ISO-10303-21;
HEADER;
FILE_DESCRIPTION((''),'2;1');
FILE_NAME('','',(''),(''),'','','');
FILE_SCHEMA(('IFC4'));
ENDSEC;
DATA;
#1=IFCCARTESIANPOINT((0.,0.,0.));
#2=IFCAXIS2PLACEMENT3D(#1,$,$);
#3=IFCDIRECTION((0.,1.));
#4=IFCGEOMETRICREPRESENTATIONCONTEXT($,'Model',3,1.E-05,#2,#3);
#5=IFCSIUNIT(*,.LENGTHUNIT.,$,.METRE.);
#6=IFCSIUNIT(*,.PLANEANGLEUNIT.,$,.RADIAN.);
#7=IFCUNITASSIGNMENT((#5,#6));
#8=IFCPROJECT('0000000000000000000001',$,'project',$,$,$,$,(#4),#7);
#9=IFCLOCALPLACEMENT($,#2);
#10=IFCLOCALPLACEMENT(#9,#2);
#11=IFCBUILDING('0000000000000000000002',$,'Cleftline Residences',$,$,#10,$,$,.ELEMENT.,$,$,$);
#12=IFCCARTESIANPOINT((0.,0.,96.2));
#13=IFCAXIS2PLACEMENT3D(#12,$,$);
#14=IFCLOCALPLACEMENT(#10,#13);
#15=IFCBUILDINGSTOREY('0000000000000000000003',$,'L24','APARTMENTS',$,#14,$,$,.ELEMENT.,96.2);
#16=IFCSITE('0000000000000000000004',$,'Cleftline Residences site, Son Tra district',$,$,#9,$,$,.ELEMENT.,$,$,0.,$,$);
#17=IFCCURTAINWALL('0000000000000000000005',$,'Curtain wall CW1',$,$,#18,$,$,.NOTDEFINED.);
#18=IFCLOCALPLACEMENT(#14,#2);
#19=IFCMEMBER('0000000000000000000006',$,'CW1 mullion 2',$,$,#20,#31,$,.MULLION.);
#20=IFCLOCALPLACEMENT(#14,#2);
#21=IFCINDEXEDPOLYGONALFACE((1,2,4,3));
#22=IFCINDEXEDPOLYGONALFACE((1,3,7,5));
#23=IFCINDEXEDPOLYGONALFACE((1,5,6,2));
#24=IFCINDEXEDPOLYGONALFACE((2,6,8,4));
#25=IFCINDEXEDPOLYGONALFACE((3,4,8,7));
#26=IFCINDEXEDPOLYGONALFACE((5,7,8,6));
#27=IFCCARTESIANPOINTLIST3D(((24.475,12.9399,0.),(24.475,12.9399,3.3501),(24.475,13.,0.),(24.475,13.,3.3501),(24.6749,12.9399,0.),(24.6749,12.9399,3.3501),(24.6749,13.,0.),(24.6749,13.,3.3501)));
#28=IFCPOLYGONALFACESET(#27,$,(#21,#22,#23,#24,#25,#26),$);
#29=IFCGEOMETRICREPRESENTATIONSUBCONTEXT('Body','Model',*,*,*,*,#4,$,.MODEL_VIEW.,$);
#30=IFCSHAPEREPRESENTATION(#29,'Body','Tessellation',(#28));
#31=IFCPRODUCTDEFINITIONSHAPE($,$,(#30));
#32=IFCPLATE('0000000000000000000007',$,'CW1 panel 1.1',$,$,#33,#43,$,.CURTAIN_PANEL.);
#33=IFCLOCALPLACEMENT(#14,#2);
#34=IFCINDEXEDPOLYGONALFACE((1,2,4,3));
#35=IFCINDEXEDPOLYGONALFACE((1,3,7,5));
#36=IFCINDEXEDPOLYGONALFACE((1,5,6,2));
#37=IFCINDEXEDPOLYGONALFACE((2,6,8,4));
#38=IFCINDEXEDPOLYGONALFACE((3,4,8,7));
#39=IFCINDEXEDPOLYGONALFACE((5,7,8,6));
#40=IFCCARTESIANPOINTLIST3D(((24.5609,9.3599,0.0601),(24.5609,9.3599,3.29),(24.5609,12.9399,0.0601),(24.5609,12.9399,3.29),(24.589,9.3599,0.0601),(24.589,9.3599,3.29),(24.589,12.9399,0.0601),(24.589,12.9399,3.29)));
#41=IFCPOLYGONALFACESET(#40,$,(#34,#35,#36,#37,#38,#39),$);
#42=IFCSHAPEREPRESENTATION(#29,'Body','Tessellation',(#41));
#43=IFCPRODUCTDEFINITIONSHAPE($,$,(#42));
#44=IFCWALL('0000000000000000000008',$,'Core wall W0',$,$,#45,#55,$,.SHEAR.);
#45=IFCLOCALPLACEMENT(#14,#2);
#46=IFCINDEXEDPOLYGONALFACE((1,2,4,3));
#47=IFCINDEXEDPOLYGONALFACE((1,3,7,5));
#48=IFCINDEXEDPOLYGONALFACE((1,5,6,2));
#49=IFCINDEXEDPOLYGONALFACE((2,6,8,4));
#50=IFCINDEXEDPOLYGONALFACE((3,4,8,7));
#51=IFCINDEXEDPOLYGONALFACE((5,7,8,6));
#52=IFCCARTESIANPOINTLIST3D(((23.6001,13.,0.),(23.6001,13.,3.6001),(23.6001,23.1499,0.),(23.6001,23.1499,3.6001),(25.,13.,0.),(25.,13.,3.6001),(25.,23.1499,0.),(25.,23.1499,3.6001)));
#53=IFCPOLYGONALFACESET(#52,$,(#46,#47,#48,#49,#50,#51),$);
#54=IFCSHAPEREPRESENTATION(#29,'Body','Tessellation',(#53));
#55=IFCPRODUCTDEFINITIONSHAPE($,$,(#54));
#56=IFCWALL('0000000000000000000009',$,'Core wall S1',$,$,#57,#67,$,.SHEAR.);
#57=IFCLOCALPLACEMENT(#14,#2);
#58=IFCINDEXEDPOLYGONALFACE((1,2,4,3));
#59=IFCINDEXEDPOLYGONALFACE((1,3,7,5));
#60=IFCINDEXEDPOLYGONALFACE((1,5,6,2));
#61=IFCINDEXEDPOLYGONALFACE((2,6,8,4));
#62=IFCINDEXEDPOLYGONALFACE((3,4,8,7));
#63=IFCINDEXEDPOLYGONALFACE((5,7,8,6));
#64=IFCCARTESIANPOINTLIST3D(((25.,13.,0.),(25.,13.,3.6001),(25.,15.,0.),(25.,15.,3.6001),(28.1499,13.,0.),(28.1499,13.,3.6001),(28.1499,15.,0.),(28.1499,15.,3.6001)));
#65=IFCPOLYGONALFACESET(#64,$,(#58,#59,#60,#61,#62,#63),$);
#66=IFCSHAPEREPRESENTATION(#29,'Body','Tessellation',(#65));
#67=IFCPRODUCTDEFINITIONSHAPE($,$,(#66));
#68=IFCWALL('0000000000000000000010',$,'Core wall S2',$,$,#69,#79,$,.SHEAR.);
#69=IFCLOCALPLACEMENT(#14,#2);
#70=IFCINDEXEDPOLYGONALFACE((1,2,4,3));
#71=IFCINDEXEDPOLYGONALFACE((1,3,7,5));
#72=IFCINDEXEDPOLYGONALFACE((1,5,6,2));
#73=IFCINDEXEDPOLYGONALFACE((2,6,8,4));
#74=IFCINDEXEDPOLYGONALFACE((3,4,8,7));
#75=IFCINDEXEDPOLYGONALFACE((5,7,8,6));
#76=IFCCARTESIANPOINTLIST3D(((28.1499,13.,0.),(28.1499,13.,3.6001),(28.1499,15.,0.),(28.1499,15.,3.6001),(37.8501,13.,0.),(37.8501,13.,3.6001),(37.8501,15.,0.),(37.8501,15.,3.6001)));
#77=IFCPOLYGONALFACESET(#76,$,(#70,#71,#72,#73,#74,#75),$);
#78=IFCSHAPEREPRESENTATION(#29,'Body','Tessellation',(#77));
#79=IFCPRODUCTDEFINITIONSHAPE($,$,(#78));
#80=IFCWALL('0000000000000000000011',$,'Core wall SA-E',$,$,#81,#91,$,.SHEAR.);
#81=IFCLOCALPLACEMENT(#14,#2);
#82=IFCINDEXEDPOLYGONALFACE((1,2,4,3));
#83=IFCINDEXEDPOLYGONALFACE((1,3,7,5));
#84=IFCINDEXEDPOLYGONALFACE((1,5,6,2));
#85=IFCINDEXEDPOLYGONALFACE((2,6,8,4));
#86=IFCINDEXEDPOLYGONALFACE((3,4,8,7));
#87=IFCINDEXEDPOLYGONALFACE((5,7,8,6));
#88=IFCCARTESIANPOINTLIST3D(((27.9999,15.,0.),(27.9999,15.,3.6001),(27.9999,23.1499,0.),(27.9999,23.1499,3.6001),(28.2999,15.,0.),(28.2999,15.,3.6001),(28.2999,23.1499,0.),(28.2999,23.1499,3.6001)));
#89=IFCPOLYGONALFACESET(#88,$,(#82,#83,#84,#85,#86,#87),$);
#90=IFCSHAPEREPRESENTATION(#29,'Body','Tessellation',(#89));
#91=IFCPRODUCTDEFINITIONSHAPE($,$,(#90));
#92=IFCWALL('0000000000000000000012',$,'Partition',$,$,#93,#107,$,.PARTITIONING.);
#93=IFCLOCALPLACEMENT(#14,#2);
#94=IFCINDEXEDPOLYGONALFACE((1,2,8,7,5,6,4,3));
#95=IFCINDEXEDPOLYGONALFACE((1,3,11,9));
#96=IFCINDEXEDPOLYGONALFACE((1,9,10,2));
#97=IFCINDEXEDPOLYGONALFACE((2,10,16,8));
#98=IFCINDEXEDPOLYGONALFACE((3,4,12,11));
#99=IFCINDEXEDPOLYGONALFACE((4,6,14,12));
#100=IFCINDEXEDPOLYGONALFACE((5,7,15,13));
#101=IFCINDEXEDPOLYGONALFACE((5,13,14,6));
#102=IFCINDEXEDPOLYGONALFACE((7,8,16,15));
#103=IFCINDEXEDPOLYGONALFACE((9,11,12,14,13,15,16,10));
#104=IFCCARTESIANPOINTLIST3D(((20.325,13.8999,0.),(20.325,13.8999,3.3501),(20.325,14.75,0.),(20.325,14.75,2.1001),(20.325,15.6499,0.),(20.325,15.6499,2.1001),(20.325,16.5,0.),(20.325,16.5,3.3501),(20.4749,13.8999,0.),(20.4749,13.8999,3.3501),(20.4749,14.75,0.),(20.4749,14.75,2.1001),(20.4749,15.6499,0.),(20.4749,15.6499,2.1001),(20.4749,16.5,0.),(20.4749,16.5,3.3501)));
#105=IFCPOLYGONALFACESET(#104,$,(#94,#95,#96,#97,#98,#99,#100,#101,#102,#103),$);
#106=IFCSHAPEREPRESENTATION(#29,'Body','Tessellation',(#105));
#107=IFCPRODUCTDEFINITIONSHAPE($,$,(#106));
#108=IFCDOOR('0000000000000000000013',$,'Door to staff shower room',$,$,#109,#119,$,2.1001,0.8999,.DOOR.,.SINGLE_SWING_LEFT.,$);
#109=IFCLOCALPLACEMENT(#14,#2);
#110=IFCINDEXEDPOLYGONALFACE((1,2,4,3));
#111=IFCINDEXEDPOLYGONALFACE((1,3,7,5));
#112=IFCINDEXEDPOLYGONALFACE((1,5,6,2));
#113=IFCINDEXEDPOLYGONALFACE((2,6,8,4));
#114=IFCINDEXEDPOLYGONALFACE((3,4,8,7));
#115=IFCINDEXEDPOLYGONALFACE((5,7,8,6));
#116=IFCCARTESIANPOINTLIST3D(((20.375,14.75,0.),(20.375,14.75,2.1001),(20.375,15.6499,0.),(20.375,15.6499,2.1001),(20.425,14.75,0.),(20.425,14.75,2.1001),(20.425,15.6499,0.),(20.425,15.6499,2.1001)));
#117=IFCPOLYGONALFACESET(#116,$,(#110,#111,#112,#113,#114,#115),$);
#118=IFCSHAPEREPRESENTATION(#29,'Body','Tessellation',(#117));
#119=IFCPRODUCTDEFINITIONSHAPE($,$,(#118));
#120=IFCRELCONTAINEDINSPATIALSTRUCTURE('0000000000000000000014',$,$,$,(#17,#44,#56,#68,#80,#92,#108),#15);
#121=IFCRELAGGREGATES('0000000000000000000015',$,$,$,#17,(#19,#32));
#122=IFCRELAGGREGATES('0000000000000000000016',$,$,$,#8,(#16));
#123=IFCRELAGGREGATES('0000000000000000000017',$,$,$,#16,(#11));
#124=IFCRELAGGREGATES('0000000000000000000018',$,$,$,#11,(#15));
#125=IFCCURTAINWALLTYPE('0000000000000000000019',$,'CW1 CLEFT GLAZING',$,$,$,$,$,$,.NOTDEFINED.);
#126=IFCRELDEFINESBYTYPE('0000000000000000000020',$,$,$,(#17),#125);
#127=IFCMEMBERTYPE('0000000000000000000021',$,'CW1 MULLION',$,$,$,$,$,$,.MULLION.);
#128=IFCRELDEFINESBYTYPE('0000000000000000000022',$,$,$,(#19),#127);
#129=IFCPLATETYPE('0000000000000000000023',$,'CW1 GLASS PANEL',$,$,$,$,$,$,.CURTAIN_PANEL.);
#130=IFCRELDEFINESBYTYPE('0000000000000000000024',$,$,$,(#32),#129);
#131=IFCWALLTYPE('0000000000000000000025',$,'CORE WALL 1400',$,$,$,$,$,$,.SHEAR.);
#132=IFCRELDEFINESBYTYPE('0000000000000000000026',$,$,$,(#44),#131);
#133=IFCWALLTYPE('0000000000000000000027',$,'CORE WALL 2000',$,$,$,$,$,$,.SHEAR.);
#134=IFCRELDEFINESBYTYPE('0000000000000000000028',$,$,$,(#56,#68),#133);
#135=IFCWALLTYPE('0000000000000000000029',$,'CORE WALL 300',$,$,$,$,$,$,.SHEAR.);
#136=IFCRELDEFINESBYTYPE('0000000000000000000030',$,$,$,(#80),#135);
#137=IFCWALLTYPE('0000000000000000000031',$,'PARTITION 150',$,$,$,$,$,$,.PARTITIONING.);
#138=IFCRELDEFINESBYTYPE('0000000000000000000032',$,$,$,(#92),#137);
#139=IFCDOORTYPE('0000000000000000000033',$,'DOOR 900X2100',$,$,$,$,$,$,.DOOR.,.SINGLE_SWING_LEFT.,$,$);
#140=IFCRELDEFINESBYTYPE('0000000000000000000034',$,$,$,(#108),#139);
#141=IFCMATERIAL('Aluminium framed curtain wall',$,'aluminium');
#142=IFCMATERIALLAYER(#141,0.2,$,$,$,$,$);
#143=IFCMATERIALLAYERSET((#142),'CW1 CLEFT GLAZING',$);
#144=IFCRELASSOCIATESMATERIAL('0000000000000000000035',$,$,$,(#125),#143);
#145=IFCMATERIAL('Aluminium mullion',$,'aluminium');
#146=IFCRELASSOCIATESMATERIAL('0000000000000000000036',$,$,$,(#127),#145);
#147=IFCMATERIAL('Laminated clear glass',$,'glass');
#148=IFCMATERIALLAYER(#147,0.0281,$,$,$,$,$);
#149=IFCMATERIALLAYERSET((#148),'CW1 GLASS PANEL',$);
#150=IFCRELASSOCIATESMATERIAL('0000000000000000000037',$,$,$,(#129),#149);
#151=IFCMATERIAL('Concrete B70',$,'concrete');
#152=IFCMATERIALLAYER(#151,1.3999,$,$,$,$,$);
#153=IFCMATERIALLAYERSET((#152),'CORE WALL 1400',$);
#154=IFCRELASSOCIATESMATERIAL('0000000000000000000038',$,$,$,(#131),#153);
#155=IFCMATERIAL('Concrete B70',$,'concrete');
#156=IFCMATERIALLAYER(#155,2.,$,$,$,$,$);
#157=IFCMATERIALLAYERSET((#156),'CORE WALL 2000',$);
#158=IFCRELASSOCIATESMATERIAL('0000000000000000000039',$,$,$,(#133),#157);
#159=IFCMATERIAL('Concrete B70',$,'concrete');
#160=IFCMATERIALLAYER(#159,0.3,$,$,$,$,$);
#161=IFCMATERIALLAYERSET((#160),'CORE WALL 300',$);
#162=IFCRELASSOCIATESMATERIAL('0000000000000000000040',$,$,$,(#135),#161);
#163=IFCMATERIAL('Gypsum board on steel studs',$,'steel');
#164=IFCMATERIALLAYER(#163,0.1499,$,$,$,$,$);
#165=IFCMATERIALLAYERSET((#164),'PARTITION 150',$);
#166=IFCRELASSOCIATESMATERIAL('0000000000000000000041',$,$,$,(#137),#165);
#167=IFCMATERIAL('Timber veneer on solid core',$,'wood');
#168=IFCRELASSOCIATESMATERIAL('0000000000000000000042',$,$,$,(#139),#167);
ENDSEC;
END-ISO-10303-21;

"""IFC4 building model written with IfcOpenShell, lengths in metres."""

from ifc_helpers import new_model, si_unit, direction, frame, frame_2d, origin, origin_2d, place, context, subcontext, project, spatial, rectangle, extrude, material, layer, layer_set, material_profile, profile_set, type_object, element, fill, aggregate, save


model = new_model("IFC4")

# Units and contexts
model_context = context("Model", 3, precision=1e-05, world=origin(), true_north=direction((0.0, 1.0)))
body_context = subcontext(model_context, "Body", "Model", "MODEL_VIEW")
ifc_project = project(units=[si_unit("LENGTHUNIT", "METRE"), si_unit("PLANEANGLEUNIT", "RADIAN")], contexts=[model_context])

# Site, building, storey
site_placement = place(None, origin())
site = spatial("IfcSite", under=ifc_project, at=site_placement, Name="Cleftline Residences site, Son Tra district", CompositionType="ELEMENT", RefElevation=0.0)
building_placement = place(site_placement, origin())
building = spatial("IfcBuilding", under=site, at=building_placement, Name="Cleftline Residences", CompositionType="ELEMENT")
storey_placement = place(building_placement, frame((0.0, 0.0, 96.2)))
storey = spatial("IfcBuildingStorey", under=building, at=storey_placement, Name="L24", Description="APARTMENTS", CompositionType="ELEMENT", Elevation=96.2)

# Curtain wall, member, plate
ifc_material_1 = material(Name="Aluminium framed curtain wall", Category="aluminium")
ifc_layer_1 = layer(ifc_material_1, 0.2)
ifc_layer_set_1 = layer_set([ifc_layer_1], Name="CW1 CLEFT GLAZING")
curtain_wall_type = type_object("IfcCurtainWallType", Name="CW1 CLEFT GLAZING", PredefinedType="NOTDEFINED", material=ifc_layer_set_1)
curtain_wall_placement = place(storey_placement, origin())
curtain_wall = element("IfcCurtainWall", 1, at=curtain_wall_placement, inside=storey, type_object=curtain_wall_type, Name="Curtain wall CW1", PredefinedType="NOTDEFINED")
ifc_material_2 = material(Name="Aluminium mullion", Category="aluminium")
ifc_material_profile = material_profile(ifc_material_2, rectangle(XDim=0.2, YDim=0.0601, at=origin_2d()))
ifc_profile_set = profile_set([ifc_material_profile], Name="Aluminium mullion")
member_type = type_object("IfcMemberType", Name="CW1 MULLION", PredefinedType="MULLION", material=ifc_profile_set)
member_placement = place(storey_placement, frame((24.575, 12.97, 0.0), z_axis=(0.0, 0.0, 1.0), x_axis=(-1.0, 0.0, 0.0)))
member = element("IfcMember", 2, at=member_placement, type_object=member_type, Name="CW1 mullion 2", PredefinedType="MULLION", context=body_context, shape_type="SweptSolid", body=[
    extrude(rectangle(XDim=0.2, YDim=0.0601, at=origin_2d()), origin(), (0.0, 0.0, 1.0), 3.3501),
])
ifc_material_3 = material(Name="Laminated clear glass", Category="glass")
ifc_layer_2 = layer(ifc_material_3, 0.0281)
ifc_layer_set_2 = layer_set([ifc_layer_2], Name="CW1 GLASS PANEL")
plate_type = type_object("IfcPlateType", Name="CW1 GLASS PANEL", PredefinedType="CURTAIN_PANEL", material=ifc_layer_set_2)
plate_placement = place(storey_placement, frame((24.575, 11.1499, 0.0601), z_axis=(0.0, 0.0, 1.0), x_axis=(0.0, 1.0, 0.0)))
plate = element("IfcPlate", 3, at=plate_placement, type_object=plate_type, Name="CW1 panel 1.1", PredefinedType="CURTAIN_PANEL", context=body_context, shape_type="SweptSolid", body=[
    extrude(rectangle(XDim=3.5801, YDim=0.0281, at=origin_2d()), origin(), (0.0, 0.0, 1.0), 3.23),
])
aggregate(curtain_wall, [member, plate])

# Walls
ifc_material_4 = material(Name="Concrete B70", Category="concrete")
ifc_layer_3 = layer(ifc_material_4, 1.3999)
ifc_layer_set_3 = layer_set([ifc_layer_3], Name="CORE WALL 1400")
wall_type_1 = type_object("IfcWallType", Name="CORE WALL 1400", PredefinedType="SHEAR", material=ifc_layer_set_3)
wall_1_placement = place(storey_placement, frame((24.3, 13.0, 0.0), z_axis=(0.0, 0.0, 1.0), x_axis=(0.0, 1.0, 0.0)))
element("IfcWall", 4, at=wall_1_placement, inside=storey, type_object=wall_type_1, Name="Core wall W0", PredefinedType="SHEAR", context=body_context, shape_type="SweptSolid", body=[
    extrude(rectangle(XDim=10.1499, YDim=1.3999, at=frame_2d((5.075, 0.0))), origin(), (0.0, 0.0, 1.0), 3.6001),
])
ifc_material_5 = material(Name="Concrete B70", Category="concrete")
ifc_layer_4 = layer(ifc_material_5, 2.0)
ifc_layer_set_4 = layer_set([ifc_layer_4], Name="CORE WALL 2000")
wall_type_2 = type_object("IfcWallType", Name="CORE WALL 2000", PredefinedType="SHEAR", material=ifc_layer_set_4)
wall_2_placement = place(storey_placement, frame((25.0, 14.0, 0.0), z_axis=(0.0, 0.0, 1.0), x_axis=(1.0, 0.0, 0.0)))
element("IfcWall", 5, at=wall_2_placement, inside=storey, type_object=wall_type_2, Name="Core wall S1", PredefinedType="SHEAR", context=body_context, shape_type="SweptSolid", body=[
    extrude(rectangle(XDim=3.1499, YDim=2.0, at=frame_2d((1.575, 0.0))), origin(), (0.0, 0.0, 1.0), 3.6001),
])
wall_3_placement = place(storey_placement, frame((28.1499, 14.0, 0.0), z_axis=(0.0, 0.0, 1.0), x_axis=(1.0, 0.0, 0.0)))
element("IfcWall", 6, at=wall_3_placement, inside=storey, type_object=wall_type_2, Name="Core wall S2", PredefinedType="SHEAR", context=body_context, shape_type="SweptSolid", body=[
    extrude(rectangle(XDim=9.7002, YDim=2.0, at=frame_2d((4.8501, 0.0))), origin(), (0.0, 0.0, 1.0), 3.6001),
])
ifc_material_6 = material(Name="Concrete B70", Category="concrete")
ifc_layer_5 = layer(ifc_material_6, 0.3)
ifc_layer_set_5 = layer_set([ifc_layer_5], Name="CORE WALL 300")
wall_type_3 = type_object("IfcWallType", Name="CORE WALL 300", PredefinedType="SHEAR", material=ifc_layer_set_5)
wall_4_placement = place(storey_placement, frame((28.1499, 15.0, 0.0), z_axis=(0.0, 0.0, 1.0), x_axis=(0.0, 1.0, 0.0)))
element("IfcWall", 7, at=wall_4_placement, inside=storey, type_object=wall_type_3, Name="Core wall SA-E", PredefinedType="SHEAR", context=body_context, shape_type="SweptSolid", body=[
    extrude(rectangle(XDim=8.1499, YDim=0.3, at=frame_2d((4.075, 0.0))), origin(), (0.0, 0.0, 1.0), 3.6001),
])

# Wall, opening, door
ifc_material_7 = material(Name="Gypsum board on steel studs", Category="steel")
ifc_layer_6 = layer(ifc_material_7, 0.1499)
ifc_layer_set_6 = layer_set([ifc_layer_6], Name="PARTITION 150")
wall_type_4 = type_object("IfcWallType", Name="PARTITION 150", PredefinedType="PARTITIONING", material=ifc_layer_set_6)
wall_5_placement = place(storey_placement, frame((20.3999, 13.8999, 0.0), z_axis=(0.0, 0.0, 1.0), x_axis=(0.0, 1.0, 0.0)))
wall_5 = element("IfcWall", 8, at=wall_5_placement, inside=storey, type_object=wall_type_4, Name="Partition", PredefinedType="PARTITIONING", context=body_context, shape_type="SweptSolid", body=[
    extrude(rectangle(XDim=2.6001, YDim=0.1499, at=frame_2d((1.3, 0.0))), origin(), (0.0, 0.0, 1.0), 3.3501),
])
opening_1_placement = place(wall_5_placement, frame((0.8501, 0.0, 0.0)))
opening_1 = element("IfcOpeningElement", 9, at=opening_1_placement, cuts=wall_5, PredefinedType="OPENING", context=body_context, shape_type="SweptSolid", body=[
    extrude(rectangle(XDim=0.8999, YDim=2.1001, at=frame_2d((0.45, 1.05))), frame((0.0, 0.085, 0.0), z_axis=(0.0, -1.0, 0.0), x_axis=(1.0, 0.0, 0.0)), (0.0, 0.0, 1.0), 0.1699),
])
ifc_material_8 = material(Name="Timber veneer on solid core", Category="wood")
door_type_1 = type_object("IfcDoorType", Name="DOOR 900X2100", OperationType="SINGLE_SWING_LEFT", PredefinedType="DOOR", material=ifc_material_8)
door_1_placement = place(opening_1_placement, origin())
door_1 = element("IfcDoor", 10, at=door_1_placement, inside=storey, type_object=door_type_1, Name="Door to staff shower room", OperationType="SINGLE_SWING_LEFT", OverallHeight=2.1001, OverallWidth=0.8999, PredefinedType="DOOR", context=body_context, shape_type="SweptSolid", body=[
    extrude(rectangle(XDim=0.8999, YDim=2.1001, at=frame_2d((0.45, 1.05))), frame((0.0, 0.0249, 0.0), z_axis=(0.0, -1.0, 0.0), x_axis=(1.0, 0.0, 0.0)), (0.0, 0.0, 1.0), 0.05),
])
fill(opening_1, door_1)

save(model, "model.ifc")
